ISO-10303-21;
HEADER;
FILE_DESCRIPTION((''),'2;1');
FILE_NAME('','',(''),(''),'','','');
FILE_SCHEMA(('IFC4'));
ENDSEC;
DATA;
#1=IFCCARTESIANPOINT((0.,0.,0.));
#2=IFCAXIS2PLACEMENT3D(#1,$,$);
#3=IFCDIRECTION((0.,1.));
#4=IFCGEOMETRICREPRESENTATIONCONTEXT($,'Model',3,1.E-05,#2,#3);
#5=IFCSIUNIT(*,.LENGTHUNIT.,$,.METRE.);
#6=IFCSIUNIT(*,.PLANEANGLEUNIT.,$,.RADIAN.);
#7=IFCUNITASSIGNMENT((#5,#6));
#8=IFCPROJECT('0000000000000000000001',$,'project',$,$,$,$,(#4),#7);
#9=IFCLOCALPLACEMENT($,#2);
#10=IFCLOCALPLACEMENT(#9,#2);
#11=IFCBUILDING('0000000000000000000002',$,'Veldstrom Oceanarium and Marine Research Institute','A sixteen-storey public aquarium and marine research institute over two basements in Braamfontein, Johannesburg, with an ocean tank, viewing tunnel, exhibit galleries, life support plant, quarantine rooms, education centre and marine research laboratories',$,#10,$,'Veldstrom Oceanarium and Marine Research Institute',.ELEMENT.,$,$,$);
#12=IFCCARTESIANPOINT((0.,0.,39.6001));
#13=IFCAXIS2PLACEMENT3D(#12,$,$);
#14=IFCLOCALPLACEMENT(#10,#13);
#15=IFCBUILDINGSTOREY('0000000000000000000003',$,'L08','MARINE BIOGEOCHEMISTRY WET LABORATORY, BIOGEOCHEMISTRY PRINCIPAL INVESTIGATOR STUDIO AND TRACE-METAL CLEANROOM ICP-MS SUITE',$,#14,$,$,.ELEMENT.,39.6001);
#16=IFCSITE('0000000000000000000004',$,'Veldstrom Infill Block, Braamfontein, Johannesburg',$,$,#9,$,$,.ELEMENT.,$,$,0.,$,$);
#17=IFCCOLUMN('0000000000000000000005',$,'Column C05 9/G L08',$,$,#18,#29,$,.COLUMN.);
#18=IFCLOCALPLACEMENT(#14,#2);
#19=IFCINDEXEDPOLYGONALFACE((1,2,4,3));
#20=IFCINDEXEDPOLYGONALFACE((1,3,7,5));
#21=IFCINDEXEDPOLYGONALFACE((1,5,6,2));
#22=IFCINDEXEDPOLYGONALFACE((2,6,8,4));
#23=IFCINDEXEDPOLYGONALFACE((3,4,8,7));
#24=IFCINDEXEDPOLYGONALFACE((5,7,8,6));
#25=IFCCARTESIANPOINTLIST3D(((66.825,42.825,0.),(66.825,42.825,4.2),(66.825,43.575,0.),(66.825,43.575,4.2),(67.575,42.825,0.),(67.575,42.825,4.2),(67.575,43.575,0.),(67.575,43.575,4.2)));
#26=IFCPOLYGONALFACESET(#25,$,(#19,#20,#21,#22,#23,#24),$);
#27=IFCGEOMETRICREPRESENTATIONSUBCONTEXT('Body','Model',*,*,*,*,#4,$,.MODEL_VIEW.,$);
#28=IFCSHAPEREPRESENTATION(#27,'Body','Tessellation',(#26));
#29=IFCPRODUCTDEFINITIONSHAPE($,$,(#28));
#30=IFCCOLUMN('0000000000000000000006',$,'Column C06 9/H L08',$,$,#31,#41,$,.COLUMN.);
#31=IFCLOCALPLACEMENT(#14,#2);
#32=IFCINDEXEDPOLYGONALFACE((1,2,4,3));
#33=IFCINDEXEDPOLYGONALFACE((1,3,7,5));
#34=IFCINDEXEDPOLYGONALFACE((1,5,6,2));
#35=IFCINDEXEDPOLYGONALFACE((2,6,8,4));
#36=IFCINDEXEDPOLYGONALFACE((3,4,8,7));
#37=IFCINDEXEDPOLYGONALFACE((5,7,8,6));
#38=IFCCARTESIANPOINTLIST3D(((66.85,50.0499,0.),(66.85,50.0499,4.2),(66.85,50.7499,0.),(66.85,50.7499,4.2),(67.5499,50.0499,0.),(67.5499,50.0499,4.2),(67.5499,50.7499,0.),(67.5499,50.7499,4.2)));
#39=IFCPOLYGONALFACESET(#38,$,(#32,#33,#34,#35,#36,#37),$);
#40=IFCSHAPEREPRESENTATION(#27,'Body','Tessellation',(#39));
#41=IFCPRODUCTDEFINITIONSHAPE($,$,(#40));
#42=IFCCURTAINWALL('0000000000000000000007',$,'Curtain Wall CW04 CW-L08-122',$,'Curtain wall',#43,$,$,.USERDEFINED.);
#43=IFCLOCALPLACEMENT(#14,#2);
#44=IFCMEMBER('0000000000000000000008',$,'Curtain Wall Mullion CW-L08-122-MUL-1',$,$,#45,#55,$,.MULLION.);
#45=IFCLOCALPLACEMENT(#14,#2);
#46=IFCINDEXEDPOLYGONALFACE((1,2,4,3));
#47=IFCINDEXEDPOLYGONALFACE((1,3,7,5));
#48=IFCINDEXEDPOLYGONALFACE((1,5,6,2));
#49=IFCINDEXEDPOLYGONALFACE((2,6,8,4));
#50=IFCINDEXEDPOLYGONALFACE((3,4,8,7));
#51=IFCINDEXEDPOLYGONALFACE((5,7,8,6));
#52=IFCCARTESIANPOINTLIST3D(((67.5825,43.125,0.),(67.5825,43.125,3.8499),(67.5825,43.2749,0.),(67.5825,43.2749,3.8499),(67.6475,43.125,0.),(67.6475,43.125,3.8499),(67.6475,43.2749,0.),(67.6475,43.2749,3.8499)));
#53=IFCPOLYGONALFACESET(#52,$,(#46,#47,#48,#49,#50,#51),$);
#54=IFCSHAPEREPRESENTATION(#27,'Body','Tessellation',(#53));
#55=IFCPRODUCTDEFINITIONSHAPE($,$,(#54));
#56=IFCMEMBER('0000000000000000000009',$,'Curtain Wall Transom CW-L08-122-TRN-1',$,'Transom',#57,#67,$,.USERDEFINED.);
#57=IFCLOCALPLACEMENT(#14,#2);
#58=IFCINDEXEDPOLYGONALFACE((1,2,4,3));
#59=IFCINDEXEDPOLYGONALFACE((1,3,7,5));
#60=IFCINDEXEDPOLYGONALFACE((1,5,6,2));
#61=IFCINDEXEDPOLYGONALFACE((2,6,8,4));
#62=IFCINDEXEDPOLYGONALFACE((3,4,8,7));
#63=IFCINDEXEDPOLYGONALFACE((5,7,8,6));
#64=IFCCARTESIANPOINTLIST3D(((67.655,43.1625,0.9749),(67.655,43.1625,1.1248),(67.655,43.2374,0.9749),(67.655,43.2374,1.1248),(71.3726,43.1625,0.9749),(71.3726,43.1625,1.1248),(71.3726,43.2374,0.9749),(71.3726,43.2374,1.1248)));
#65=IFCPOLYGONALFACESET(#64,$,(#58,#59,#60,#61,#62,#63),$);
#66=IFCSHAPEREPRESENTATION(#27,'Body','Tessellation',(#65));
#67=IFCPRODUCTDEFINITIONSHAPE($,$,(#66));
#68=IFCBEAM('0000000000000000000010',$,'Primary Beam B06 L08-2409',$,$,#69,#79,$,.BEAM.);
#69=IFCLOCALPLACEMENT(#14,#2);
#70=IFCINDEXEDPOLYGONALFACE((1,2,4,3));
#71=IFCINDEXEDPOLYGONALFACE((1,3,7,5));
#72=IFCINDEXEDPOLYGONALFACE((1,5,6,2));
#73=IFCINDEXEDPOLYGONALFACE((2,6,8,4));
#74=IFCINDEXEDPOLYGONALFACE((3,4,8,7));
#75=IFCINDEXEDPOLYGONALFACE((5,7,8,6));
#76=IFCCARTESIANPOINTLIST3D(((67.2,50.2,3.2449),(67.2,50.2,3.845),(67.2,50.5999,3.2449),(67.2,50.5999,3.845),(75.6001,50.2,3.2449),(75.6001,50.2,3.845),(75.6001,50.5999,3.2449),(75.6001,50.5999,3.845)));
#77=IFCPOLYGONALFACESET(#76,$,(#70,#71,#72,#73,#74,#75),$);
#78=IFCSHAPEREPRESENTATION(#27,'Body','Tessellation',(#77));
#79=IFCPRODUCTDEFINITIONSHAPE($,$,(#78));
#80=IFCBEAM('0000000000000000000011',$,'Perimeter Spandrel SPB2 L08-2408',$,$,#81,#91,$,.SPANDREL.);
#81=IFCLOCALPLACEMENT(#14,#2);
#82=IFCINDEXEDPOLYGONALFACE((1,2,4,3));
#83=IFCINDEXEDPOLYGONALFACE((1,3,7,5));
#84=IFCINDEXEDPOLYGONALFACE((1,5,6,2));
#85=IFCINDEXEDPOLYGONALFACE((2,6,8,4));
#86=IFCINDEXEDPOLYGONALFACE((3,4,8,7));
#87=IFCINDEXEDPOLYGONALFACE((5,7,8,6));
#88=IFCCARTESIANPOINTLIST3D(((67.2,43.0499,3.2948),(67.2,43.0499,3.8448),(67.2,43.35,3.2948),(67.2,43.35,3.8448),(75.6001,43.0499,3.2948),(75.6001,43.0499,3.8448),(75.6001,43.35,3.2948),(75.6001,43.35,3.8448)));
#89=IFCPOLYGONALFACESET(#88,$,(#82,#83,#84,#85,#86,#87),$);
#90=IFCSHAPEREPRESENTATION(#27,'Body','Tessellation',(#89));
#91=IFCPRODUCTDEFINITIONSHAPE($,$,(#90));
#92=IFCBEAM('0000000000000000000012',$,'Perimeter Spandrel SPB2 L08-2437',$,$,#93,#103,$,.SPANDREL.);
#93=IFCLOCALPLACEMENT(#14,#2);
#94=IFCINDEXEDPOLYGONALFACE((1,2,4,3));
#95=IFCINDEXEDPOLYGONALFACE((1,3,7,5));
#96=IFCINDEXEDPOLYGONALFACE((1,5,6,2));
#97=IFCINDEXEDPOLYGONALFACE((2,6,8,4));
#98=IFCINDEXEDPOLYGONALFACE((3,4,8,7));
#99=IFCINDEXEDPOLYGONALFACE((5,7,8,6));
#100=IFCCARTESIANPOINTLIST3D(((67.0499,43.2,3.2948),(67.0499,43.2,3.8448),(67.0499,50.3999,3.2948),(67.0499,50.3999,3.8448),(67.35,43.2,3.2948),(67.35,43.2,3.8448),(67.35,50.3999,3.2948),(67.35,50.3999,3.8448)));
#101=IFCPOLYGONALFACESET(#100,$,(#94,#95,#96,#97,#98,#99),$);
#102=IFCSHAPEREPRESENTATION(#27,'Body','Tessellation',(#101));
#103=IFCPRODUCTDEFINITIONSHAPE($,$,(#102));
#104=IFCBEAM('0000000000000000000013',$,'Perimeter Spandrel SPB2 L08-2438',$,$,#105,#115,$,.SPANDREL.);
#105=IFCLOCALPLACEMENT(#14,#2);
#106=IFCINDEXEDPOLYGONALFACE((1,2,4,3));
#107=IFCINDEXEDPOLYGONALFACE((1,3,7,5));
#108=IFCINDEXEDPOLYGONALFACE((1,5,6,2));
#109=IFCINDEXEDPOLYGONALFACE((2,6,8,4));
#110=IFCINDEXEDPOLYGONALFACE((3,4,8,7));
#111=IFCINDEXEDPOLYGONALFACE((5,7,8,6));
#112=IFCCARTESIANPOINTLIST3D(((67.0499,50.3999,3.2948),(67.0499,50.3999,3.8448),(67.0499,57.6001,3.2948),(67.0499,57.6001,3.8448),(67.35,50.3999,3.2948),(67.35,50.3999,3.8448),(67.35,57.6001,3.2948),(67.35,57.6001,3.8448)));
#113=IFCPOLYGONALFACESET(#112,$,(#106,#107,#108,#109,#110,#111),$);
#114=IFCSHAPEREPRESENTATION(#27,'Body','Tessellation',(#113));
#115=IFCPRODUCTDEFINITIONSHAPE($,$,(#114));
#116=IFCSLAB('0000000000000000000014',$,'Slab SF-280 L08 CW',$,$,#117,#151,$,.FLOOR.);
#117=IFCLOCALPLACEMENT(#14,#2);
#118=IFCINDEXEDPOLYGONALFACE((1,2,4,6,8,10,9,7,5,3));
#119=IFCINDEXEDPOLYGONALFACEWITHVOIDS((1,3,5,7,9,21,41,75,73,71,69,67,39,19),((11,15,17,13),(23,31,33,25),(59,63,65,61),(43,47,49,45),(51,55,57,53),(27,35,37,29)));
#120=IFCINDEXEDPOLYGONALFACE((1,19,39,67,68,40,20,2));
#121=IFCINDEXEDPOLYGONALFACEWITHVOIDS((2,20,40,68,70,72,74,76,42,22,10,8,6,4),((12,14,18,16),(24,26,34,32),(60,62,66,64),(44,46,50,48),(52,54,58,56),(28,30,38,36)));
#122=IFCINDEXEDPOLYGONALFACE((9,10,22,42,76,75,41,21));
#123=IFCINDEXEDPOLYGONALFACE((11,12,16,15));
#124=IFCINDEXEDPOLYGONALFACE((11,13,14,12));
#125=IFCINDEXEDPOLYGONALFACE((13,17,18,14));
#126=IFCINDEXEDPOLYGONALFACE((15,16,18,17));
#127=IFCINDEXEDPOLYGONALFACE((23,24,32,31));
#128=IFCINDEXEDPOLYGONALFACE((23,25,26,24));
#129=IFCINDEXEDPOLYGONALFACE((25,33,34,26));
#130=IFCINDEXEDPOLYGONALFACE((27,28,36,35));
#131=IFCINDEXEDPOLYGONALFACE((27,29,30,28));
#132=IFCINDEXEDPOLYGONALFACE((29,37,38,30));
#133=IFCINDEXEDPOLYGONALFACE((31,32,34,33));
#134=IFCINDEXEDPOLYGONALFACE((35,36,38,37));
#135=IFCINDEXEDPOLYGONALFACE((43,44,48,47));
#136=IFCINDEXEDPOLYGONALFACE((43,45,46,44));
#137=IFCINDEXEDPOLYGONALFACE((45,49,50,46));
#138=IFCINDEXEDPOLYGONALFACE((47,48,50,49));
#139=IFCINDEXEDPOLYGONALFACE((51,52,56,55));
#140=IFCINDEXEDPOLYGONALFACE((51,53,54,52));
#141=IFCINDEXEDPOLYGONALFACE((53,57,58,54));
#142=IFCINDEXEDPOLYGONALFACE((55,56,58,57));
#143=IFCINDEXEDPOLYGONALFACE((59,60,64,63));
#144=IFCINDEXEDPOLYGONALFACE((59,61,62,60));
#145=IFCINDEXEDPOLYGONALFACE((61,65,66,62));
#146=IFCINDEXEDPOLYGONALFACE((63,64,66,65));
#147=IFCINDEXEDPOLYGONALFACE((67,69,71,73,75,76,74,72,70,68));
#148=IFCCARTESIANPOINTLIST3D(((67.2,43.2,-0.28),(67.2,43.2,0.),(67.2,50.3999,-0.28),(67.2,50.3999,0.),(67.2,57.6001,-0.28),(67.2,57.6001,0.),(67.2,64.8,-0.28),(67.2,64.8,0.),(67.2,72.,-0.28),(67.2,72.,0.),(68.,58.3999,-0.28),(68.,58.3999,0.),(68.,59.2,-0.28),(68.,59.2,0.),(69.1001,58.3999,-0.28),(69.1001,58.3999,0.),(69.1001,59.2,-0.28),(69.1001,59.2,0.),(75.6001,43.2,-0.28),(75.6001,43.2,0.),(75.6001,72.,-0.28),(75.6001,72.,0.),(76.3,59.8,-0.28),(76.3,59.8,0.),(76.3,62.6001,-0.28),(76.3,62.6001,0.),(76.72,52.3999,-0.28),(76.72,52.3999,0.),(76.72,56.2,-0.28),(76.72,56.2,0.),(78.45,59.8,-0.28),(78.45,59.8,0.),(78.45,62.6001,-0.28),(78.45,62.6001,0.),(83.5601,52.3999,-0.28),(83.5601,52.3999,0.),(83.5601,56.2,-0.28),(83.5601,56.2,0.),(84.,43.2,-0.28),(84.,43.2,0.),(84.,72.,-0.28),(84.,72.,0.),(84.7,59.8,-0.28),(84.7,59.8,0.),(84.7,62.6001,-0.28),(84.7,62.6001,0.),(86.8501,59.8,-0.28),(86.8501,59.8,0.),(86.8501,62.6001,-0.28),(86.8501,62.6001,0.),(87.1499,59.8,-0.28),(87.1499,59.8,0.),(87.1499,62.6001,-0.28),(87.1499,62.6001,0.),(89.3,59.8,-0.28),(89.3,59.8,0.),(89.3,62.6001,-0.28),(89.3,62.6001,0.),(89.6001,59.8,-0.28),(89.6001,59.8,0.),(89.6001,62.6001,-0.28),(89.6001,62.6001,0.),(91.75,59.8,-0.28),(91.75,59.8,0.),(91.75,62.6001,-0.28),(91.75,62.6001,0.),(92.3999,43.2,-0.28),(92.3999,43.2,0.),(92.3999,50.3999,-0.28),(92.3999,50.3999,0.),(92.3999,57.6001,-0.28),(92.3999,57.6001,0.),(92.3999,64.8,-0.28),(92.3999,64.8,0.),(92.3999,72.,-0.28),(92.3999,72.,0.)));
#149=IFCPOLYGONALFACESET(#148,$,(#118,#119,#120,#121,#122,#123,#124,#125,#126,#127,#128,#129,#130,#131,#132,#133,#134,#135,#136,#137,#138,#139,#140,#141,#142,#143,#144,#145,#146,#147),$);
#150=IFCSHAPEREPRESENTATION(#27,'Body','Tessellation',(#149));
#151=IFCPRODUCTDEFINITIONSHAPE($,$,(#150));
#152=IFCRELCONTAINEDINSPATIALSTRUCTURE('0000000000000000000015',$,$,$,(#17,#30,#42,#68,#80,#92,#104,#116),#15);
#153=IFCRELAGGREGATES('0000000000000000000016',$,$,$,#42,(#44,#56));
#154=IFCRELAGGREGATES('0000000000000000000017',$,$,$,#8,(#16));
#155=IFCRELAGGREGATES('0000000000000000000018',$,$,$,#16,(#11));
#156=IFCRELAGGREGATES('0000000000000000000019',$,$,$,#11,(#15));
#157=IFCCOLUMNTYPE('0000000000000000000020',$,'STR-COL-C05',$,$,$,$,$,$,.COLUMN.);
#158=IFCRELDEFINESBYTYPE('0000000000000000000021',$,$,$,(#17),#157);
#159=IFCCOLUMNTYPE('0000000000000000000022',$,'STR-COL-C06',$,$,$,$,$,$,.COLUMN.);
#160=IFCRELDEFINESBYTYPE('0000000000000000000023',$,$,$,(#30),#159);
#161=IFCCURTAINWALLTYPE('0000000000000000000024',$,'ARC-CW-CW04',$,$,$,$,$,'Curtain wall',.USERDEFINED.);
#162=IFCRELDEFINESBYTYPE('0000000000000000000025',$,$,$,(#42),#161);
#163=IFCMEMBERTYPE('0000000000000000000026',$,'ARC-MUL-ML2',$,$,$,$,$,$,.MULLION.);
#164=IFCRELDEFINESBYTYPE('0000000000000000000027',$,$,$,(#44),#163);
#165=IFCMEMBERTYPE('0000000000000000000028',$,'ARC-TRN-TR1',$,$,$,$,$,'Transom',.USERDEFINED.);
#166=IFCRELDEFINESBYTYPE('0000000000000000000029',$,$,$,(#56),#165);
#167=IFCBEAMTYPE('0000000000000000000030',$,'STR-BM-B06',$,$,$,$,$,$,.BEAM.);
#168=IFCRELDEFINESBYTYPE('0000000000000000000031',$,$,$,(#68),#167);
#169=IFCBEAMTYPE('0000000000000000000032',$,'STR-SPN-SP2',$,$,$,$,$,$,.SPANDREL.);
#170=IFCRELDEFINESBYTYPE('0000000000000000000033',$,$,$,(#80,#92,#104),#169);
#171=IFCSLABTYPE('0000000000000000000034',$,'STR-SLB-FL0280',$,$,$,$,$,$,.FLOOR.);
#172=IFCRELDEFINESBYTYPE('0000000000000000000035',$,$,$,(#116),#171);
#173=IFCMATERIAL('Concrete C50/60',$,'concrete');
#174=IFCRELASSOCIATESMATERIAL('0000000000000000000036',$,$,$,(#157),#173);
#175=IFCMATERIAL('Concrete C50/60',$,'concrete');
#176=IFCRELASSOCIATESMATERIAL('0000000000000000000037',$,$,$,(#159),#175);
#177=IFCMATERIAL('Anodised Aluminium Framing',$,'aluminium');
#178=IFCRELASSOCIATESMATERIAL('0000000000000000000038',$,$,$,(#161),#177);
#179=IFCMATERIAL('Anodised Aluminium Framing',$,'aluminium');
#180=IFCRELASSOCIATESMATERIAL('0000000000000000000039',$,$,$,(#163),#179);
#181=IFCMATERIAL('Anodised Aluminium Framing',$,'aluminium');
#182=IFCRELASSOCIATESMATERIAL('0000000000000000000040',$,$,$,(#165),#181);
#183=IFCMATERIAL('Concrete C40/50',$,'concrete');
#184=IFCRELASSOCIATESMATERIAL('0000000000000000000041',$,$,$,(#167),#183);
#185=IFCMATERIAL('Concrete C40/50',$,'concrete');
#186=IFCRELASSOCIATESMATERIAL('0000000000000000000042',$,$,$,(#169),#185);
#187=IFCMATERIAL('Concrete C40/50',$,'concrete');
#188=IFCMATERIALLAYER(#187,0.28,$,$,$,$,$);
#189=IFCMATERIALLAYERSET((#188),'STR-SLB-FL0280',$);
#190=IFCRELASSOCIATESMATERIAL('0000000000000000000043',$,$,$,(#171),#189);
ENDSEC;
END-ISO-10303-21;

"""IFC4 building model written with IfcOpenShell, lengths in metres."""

from ifc_helpers import new_model, si_unit, direction, frame, origin, origin_2d, place, context, subcontext, project, spatial, polyline, rectangle, outline, extrude, material, layer, layer_set, material_profile, profile_set, type_object, element, aggregate, save


model = new_model("IFC4")

# Units and contexts
model_context = context("Model", 3, precision=1e-05, world=origin(), true_north=direction((0.0, 1.0)))
body_context = subcontext(model_context, "Body", "Model", "MODEL_VIEW")
ifc_project = project(units=[si_unit("LENGTHUNIT", "METRE"), si_unit("PLANEANGLEUNIT", "RADIAN")], contexts=[model_context])

# Site, building, storey
site_placement = place(None, origin())
site = spatial("IfcSite", under=ifc_project, at=site_placement, Name="Veldstrom Infill Block, Braamfontein, Johannesburg", CompositionType="ELEMENT", RefElevation=0.0)
building_placement = place(site_placement, origin())
building = spatial("IfcBuilding", under=site, at=building_placement, Name="Veldstrom Oceanarium and Marine Research Institute", Description="A sixteen-storey public aquarium and marine research institute over two basements in Braamfontein, Johannesburg, with an ocean tank, viewing tunnel, exhibit galleries, life support plant, quarantine rooms, education centre and marine research laboratories", LongName="Veldstrom Oceanarium and Marine Research Institute", CompositionType="ELEMENT")
storey_placement = place(building_placement, frame((0.0, 0.0, 39.6001)))
storey = spatial("IfcBuildingStorey", under=building, at=storey_placement, Name="L08", Description="MARINE BIOGEOCHEMISTRY WET LABORATORY, BIOGEOCHEMISTRY PRINCIPAL INVESTIGATOR STUDIO AND TRACE-METAL CLEANROOM ICP-MS SUITE", CompositionType="ELEMENT", Elevation=39.6001)

# Columns
ifc_material_1 = material(Name="Concrete C50/60", Category="concrete")
ifc_material_profile_1 = material_profile(ifc_material_1, rectangle(XDim=0.75, YDim=0.75, at=origin_2d()), Name="RC-COL-750x750")
ifc_profile_set_1 = profile_set([ifc_material_profile_1], Name="Concrete C50/60")
column_type_1 = type_object("IfcColumnType", Name="STR-COL-C05", PredefinedType="COLUMN", material=ifc_profile_set_1)
column_1_placement = place(storey_placement, frame((67.2, 43.2, 0.0), z_axis=(0.0, 0.0, 1.0), x_axis=(1.0, 0.0, 0.0)))
element("IfcColumn", 1, at=column_1_placement, inside=storey, type_object=column_type_1, Name="Column C05 9/G L08", PredefinedType="COLUMN", context=body_context, shape_type="SweptSolid", body=[
    extrude(rectangle(XDim=0.75, YDim=0.75, at=origin_2d()), origin(), (0.0, 0.0, 1.0), 4.2),
])
ifc_material_2 = material(Name="Concrete C50/60", Category="concrete")
ifc_material_profile_2 = material_profile(ifc_material_2, rectangle(XDim=0.7, YDim=0.7, at=origin_2d()), Name="RC-COL-700x700")
ifc_profile_set_2 = profile_set([ifc_material_profile_2], Name="Concrete C50/60")
column_type_2 = type_object("IfcColumnType", Name="STR-COL-C06", PredefinedType="COLUMN", material=ifc_profile_set_2)
column_2_placement = place(storey_placement, frame((67.2, 50.3999, 0.0), z_axis=(0.0, 0.0, 1.0), x_axis=(1.0, 0.0, 0.0)))
element("IfcColumn", 2, at=column_2_placement, inside=storey, type_object=column_type_2, Name="Column C06 9/H L08", PredefinedType="COLUMN", context=body_context, shape_type="SweptSolid", body=[
    extrude(rectangle(XDim=0.7, YDim=0.7, at=origin_2d()), origin(), (0.0, 0.0, 1.0), 4.2),
])

# Curtain wall, members
ifc_material_3 = material(Name="Anodised Aluminium Framing", Category="aluminium")
curtain_wall_type = type_object("IfcCurtainWallType", Name="ARC-CW-CW04", ElementType="Curtain wall", PredefinedType="USERDEFINED", material=ifc_material_3)
curtain_wall_placement = place(storey_placement, origin())
curtain_wall = element("IfcCurtainWall", 3, at=curtain_wall_placement, inside=storey, type_object=curtain_wall_type, Name="Curtain Wall CW04 CW-L08-122", ObjectType="Curtain wall", PredefinedType="USERDEFINED")
ifc_material_4 = material(Name="Anodised Aluminium Framing", Category="aluminium")
ifc_material_profile_3 = material_profile(ifc_material_4, rectangle(XDim=0.0649, YDim=0.1499, at=origin_2d()), Name="ALU-MUL-65x150")
ifc_profile_set_3 = profile_set([ifc_material_profile_3], Name="Anodised Aluminium Framing")
member_type_1 = type_object("IfcMemberType", Name="ARC-MUL-ML2", PredefinedType="MULLION", material=ifc_profile_set_3)
member_1_placement = place(storey_placement, frame((67.615, 43.2, 0.0), z_axis=(0.0, 0.0, 1.0), x_axis=(1.0, 0.0, 0.0)))
member_1 = element("IfcMember", 4, at=member_1_placement, type_object=member_type_1, Name="Curtain Wall Mullion CW-L08-122-MUL-1", PredefinedType="MULLION", context=body_context, shape_type="SweptSolid", body=[
    extrude(rectangle(XDim=0.0649, YDim=0.1499, at=origin_2d()), origin(), (0.0, 0.0, 1.0), 3.8499),
])
ifc_material_5 = material(Name="Anodised Aluminium Framing", Category="aluminium")
ifc_material_profile_4 = material_profile(ifc_material_5, rectangle(XDim=0.075, YDim=0.1499, at=origin_2d()), Name="ALU-TRN-75x150")
ifc_profile_set_4 = profile_set([ifc_material_profile_4], Name="Anodised Aluminium Framing")
member_type_2 = type_object("IfcMemberType", Name="ARC-TRN-TR1", ElementType="Transom", PredefinedType="USERDEFINED", material=ifc_profile_set_4)
member_2_placement = place(storey_placement, frame((67.655, 43.2, 1.0498), z_axis=(1.0, 0.0, 0.0), x_axis=(0.0, 1.0, 0.0)))
member_2 = element("IfcMember", 5, at=member_2_placement, type_object=member_type_2, Name="Curtain Wall Transom CW-L08-122-TRN-1", ObjectType="Transom", PredefinedType="USERDEFINED", context=body_context, shape_type="SweptSolid", body=[
    extrude(rectangle(XDim=0.075, YDim=0.1499, at=origin_2d()), origin(), (0.0, 0.0, 1.0), 3.7175),
])
aggregate(curtain_wall, [member_1, member_2])

# Beams
ifc_material_6 = material(Name="Concrete C40/50", Category="concrete")
ifc_material_profile_5 = material_profile(ifc_material_6, rectangle(XDim=0.3999, YDim=0.6001, at=origin_2d()), Name="RC-BM-400x600")
ifc_profile_set_5 = profile_set([ifc_material_profile_5], Name="Concrete C40/50")
beam_type_1 = type_object("IfcBeamType", Name="STR-BM-B06", PredefinedType="BEAM", material=ifc_profile_set_5)
beam_1_placement = place(storey_placement, frame((67.2, 50.3999, 3.5449), z_axis=(1.0, 0.0, 0.0), x_axis=(0.0, 1.0, 0.0)))
element("IfcBeam", 6, at=beam_1_placement, inside=storey, type_object=beam_type_1, Name="Primary Beam B06 L08-2409", PredefinedType="BEAM", context=body_context, shape_type="SweptSolid", body=[
    extrude(rectangle(XDim=0.3999, YDim=0.6001, at=origin_2d()), origin(), (0.0, 0.0, 1.0), 8.4001),
])
ifc_material_7 = material(Name="Concrete C40/50", Category="concrete")
ifc_material_profile_6 = material_profile(ifc_material_7, rectangle(XDim=0.3, YDim=0.55, at=origin_2d()), Name="RC-SPN-300x550")
ifc_profile_set_6 = profile_set([ifc_material_profile_6], Name="Concrete C40/50")
beam_type_2 = type_object("IfcBeamType", Name="STR-SPN-SP2", PredefinedType="SPANDREL", material=ifc_profile_set_6)
beam_2_placement = place(storey_placement, frame((67.2, 43.2, 3.5698), z_axis=(1.0, 0.0, 0.0), x_axis=(0.0, 1.0, 0.0)))
element("IfcBeam", 7, at=beam_2_placement, inside=storey, type_object=beam_type_2, Name="Perimeter Spandrel SPB2 L08-2408", PredefinedType="SPANDREL", context=body_context, shape_type="SweptSolid", body=[
    extrude(rectangle(XDim=0.3, YDim=0.55, at=origin_2d()), origin(), (0.0, 0.0, 1.0), 8.4001),
])
beam_3_placement = place(storey_placement, frame((67.2, 43.2, 3.5698), z_axis=(0.0, 1.0, 0.0), x_axis=(-1.0, 0.0, 0.0)))
element("IfcBeam", 8, at=beam_3_placement, inside=storey, type_object=beam_type_2, Name="Perimeter Spandrel SPB2 L08-2437", PredefinedType="SPANDREL", context=body_context, shape_type="SweptSolid", body=[
    extrude(rectangle(XDim=0.3, YDim=0.55, at=origin_2d()), origin(), (0.0, 0.0, 1.0), 7.2),
])
beam_4_placement = place(storey_placement, frame((67.2, 50.3999, 3.5698), z_axis=(0.0, 1.0, 0.0), x_axis=(-1.0, 0.0, 0.0)))
element("IfcBeam", 9, at=beam_4_placement, inside=storey, type_object=beam_type_2, Name="Perimeter Spandrel SPB2 L08-2438", PredefinedType="SPANDREL", context=body_context, shape_type="SweptSolid", body=[
    extrude(rectangle(XDim=0.3, YDim=0.55, at=origin_2d()), origin(), (0.0, 0.0, 1.0), 7.2002),
])

# Slab
ifc_material_8 = material(Name="Concrete C40/50", Category="concrete")
ifc_layer_1 = layer(ifc_material_8, 0.28)
ifc_layer_set_1 = layer_set([ifc_layer_1], Name="STR-SLB-FL0280")
slab_type_1 = type_object("IfcSlabType", Name="STR-SLB-FL0280", PredefinedType="FLOOR", material=ifc_layer_set_1)
slab_1_placement = place(storey_placement, frame((0.0, 0.0, -0.28)))
element("IfcSlab", 10, at=slab_1_placement, inside=storey, type_object=slab_type_1, Name="Slab SF-280 L08 CW", PredefinedType="FLOOR", context=body_context, shape_type="SweptSolid", body=[
    extrude(outline(polyline([(92.3999, 50.3999), (92.3999, 43.2), (84.0, 43.2), (75.6001, 43.2), (67.2, 43.2), (67.2, 50.3999), (67.2, 57.6001), (67.2, 64.8), (67.2, 72.0), (75.6001, 72.0), (84.0, 72.0), (92.3999, 72.0), (92.3999, 64.8), (92.3999, 57.6001), (92.3999, 50.3999)]), holes=[polyline([(83.5601, 52.3999), (83.5601, 56.2), (76.72, 56.2), (76.72, 52.3999), (83.5601, 52.3999)]), polyline([(76.3, 62.6001), (76.3, 59.8), (78.45, 59.8), (78.45, 62.6001), (76.3, 62.6001)]), polyline([(86.8501, 59.8), (86.8501, 62.6001), (84.7, 62.6001), (84.7, 59.8), (86.8501, 59.8)]), polyline([(87.1499, 59.8), (89.3, 59.8), (89.3, 62.6001), (87.1499, 62.6001), (87.1499, 59.8)]), polyline([(89.6001, 62.6001), (89.6001, 59.8), (91.75, 59.8), (91.75, 62.6001), (89.6001, 62.6001)]), polyline([(69.1001, 59.2), (68.0, 59.2), (68.0, 58.3999), (69.1001, 58.3999), (69.1001, 59.2)])]), origin(), (0.0, 0.0, 1.0), 0.28),
])

save(model, "model.ifc")
